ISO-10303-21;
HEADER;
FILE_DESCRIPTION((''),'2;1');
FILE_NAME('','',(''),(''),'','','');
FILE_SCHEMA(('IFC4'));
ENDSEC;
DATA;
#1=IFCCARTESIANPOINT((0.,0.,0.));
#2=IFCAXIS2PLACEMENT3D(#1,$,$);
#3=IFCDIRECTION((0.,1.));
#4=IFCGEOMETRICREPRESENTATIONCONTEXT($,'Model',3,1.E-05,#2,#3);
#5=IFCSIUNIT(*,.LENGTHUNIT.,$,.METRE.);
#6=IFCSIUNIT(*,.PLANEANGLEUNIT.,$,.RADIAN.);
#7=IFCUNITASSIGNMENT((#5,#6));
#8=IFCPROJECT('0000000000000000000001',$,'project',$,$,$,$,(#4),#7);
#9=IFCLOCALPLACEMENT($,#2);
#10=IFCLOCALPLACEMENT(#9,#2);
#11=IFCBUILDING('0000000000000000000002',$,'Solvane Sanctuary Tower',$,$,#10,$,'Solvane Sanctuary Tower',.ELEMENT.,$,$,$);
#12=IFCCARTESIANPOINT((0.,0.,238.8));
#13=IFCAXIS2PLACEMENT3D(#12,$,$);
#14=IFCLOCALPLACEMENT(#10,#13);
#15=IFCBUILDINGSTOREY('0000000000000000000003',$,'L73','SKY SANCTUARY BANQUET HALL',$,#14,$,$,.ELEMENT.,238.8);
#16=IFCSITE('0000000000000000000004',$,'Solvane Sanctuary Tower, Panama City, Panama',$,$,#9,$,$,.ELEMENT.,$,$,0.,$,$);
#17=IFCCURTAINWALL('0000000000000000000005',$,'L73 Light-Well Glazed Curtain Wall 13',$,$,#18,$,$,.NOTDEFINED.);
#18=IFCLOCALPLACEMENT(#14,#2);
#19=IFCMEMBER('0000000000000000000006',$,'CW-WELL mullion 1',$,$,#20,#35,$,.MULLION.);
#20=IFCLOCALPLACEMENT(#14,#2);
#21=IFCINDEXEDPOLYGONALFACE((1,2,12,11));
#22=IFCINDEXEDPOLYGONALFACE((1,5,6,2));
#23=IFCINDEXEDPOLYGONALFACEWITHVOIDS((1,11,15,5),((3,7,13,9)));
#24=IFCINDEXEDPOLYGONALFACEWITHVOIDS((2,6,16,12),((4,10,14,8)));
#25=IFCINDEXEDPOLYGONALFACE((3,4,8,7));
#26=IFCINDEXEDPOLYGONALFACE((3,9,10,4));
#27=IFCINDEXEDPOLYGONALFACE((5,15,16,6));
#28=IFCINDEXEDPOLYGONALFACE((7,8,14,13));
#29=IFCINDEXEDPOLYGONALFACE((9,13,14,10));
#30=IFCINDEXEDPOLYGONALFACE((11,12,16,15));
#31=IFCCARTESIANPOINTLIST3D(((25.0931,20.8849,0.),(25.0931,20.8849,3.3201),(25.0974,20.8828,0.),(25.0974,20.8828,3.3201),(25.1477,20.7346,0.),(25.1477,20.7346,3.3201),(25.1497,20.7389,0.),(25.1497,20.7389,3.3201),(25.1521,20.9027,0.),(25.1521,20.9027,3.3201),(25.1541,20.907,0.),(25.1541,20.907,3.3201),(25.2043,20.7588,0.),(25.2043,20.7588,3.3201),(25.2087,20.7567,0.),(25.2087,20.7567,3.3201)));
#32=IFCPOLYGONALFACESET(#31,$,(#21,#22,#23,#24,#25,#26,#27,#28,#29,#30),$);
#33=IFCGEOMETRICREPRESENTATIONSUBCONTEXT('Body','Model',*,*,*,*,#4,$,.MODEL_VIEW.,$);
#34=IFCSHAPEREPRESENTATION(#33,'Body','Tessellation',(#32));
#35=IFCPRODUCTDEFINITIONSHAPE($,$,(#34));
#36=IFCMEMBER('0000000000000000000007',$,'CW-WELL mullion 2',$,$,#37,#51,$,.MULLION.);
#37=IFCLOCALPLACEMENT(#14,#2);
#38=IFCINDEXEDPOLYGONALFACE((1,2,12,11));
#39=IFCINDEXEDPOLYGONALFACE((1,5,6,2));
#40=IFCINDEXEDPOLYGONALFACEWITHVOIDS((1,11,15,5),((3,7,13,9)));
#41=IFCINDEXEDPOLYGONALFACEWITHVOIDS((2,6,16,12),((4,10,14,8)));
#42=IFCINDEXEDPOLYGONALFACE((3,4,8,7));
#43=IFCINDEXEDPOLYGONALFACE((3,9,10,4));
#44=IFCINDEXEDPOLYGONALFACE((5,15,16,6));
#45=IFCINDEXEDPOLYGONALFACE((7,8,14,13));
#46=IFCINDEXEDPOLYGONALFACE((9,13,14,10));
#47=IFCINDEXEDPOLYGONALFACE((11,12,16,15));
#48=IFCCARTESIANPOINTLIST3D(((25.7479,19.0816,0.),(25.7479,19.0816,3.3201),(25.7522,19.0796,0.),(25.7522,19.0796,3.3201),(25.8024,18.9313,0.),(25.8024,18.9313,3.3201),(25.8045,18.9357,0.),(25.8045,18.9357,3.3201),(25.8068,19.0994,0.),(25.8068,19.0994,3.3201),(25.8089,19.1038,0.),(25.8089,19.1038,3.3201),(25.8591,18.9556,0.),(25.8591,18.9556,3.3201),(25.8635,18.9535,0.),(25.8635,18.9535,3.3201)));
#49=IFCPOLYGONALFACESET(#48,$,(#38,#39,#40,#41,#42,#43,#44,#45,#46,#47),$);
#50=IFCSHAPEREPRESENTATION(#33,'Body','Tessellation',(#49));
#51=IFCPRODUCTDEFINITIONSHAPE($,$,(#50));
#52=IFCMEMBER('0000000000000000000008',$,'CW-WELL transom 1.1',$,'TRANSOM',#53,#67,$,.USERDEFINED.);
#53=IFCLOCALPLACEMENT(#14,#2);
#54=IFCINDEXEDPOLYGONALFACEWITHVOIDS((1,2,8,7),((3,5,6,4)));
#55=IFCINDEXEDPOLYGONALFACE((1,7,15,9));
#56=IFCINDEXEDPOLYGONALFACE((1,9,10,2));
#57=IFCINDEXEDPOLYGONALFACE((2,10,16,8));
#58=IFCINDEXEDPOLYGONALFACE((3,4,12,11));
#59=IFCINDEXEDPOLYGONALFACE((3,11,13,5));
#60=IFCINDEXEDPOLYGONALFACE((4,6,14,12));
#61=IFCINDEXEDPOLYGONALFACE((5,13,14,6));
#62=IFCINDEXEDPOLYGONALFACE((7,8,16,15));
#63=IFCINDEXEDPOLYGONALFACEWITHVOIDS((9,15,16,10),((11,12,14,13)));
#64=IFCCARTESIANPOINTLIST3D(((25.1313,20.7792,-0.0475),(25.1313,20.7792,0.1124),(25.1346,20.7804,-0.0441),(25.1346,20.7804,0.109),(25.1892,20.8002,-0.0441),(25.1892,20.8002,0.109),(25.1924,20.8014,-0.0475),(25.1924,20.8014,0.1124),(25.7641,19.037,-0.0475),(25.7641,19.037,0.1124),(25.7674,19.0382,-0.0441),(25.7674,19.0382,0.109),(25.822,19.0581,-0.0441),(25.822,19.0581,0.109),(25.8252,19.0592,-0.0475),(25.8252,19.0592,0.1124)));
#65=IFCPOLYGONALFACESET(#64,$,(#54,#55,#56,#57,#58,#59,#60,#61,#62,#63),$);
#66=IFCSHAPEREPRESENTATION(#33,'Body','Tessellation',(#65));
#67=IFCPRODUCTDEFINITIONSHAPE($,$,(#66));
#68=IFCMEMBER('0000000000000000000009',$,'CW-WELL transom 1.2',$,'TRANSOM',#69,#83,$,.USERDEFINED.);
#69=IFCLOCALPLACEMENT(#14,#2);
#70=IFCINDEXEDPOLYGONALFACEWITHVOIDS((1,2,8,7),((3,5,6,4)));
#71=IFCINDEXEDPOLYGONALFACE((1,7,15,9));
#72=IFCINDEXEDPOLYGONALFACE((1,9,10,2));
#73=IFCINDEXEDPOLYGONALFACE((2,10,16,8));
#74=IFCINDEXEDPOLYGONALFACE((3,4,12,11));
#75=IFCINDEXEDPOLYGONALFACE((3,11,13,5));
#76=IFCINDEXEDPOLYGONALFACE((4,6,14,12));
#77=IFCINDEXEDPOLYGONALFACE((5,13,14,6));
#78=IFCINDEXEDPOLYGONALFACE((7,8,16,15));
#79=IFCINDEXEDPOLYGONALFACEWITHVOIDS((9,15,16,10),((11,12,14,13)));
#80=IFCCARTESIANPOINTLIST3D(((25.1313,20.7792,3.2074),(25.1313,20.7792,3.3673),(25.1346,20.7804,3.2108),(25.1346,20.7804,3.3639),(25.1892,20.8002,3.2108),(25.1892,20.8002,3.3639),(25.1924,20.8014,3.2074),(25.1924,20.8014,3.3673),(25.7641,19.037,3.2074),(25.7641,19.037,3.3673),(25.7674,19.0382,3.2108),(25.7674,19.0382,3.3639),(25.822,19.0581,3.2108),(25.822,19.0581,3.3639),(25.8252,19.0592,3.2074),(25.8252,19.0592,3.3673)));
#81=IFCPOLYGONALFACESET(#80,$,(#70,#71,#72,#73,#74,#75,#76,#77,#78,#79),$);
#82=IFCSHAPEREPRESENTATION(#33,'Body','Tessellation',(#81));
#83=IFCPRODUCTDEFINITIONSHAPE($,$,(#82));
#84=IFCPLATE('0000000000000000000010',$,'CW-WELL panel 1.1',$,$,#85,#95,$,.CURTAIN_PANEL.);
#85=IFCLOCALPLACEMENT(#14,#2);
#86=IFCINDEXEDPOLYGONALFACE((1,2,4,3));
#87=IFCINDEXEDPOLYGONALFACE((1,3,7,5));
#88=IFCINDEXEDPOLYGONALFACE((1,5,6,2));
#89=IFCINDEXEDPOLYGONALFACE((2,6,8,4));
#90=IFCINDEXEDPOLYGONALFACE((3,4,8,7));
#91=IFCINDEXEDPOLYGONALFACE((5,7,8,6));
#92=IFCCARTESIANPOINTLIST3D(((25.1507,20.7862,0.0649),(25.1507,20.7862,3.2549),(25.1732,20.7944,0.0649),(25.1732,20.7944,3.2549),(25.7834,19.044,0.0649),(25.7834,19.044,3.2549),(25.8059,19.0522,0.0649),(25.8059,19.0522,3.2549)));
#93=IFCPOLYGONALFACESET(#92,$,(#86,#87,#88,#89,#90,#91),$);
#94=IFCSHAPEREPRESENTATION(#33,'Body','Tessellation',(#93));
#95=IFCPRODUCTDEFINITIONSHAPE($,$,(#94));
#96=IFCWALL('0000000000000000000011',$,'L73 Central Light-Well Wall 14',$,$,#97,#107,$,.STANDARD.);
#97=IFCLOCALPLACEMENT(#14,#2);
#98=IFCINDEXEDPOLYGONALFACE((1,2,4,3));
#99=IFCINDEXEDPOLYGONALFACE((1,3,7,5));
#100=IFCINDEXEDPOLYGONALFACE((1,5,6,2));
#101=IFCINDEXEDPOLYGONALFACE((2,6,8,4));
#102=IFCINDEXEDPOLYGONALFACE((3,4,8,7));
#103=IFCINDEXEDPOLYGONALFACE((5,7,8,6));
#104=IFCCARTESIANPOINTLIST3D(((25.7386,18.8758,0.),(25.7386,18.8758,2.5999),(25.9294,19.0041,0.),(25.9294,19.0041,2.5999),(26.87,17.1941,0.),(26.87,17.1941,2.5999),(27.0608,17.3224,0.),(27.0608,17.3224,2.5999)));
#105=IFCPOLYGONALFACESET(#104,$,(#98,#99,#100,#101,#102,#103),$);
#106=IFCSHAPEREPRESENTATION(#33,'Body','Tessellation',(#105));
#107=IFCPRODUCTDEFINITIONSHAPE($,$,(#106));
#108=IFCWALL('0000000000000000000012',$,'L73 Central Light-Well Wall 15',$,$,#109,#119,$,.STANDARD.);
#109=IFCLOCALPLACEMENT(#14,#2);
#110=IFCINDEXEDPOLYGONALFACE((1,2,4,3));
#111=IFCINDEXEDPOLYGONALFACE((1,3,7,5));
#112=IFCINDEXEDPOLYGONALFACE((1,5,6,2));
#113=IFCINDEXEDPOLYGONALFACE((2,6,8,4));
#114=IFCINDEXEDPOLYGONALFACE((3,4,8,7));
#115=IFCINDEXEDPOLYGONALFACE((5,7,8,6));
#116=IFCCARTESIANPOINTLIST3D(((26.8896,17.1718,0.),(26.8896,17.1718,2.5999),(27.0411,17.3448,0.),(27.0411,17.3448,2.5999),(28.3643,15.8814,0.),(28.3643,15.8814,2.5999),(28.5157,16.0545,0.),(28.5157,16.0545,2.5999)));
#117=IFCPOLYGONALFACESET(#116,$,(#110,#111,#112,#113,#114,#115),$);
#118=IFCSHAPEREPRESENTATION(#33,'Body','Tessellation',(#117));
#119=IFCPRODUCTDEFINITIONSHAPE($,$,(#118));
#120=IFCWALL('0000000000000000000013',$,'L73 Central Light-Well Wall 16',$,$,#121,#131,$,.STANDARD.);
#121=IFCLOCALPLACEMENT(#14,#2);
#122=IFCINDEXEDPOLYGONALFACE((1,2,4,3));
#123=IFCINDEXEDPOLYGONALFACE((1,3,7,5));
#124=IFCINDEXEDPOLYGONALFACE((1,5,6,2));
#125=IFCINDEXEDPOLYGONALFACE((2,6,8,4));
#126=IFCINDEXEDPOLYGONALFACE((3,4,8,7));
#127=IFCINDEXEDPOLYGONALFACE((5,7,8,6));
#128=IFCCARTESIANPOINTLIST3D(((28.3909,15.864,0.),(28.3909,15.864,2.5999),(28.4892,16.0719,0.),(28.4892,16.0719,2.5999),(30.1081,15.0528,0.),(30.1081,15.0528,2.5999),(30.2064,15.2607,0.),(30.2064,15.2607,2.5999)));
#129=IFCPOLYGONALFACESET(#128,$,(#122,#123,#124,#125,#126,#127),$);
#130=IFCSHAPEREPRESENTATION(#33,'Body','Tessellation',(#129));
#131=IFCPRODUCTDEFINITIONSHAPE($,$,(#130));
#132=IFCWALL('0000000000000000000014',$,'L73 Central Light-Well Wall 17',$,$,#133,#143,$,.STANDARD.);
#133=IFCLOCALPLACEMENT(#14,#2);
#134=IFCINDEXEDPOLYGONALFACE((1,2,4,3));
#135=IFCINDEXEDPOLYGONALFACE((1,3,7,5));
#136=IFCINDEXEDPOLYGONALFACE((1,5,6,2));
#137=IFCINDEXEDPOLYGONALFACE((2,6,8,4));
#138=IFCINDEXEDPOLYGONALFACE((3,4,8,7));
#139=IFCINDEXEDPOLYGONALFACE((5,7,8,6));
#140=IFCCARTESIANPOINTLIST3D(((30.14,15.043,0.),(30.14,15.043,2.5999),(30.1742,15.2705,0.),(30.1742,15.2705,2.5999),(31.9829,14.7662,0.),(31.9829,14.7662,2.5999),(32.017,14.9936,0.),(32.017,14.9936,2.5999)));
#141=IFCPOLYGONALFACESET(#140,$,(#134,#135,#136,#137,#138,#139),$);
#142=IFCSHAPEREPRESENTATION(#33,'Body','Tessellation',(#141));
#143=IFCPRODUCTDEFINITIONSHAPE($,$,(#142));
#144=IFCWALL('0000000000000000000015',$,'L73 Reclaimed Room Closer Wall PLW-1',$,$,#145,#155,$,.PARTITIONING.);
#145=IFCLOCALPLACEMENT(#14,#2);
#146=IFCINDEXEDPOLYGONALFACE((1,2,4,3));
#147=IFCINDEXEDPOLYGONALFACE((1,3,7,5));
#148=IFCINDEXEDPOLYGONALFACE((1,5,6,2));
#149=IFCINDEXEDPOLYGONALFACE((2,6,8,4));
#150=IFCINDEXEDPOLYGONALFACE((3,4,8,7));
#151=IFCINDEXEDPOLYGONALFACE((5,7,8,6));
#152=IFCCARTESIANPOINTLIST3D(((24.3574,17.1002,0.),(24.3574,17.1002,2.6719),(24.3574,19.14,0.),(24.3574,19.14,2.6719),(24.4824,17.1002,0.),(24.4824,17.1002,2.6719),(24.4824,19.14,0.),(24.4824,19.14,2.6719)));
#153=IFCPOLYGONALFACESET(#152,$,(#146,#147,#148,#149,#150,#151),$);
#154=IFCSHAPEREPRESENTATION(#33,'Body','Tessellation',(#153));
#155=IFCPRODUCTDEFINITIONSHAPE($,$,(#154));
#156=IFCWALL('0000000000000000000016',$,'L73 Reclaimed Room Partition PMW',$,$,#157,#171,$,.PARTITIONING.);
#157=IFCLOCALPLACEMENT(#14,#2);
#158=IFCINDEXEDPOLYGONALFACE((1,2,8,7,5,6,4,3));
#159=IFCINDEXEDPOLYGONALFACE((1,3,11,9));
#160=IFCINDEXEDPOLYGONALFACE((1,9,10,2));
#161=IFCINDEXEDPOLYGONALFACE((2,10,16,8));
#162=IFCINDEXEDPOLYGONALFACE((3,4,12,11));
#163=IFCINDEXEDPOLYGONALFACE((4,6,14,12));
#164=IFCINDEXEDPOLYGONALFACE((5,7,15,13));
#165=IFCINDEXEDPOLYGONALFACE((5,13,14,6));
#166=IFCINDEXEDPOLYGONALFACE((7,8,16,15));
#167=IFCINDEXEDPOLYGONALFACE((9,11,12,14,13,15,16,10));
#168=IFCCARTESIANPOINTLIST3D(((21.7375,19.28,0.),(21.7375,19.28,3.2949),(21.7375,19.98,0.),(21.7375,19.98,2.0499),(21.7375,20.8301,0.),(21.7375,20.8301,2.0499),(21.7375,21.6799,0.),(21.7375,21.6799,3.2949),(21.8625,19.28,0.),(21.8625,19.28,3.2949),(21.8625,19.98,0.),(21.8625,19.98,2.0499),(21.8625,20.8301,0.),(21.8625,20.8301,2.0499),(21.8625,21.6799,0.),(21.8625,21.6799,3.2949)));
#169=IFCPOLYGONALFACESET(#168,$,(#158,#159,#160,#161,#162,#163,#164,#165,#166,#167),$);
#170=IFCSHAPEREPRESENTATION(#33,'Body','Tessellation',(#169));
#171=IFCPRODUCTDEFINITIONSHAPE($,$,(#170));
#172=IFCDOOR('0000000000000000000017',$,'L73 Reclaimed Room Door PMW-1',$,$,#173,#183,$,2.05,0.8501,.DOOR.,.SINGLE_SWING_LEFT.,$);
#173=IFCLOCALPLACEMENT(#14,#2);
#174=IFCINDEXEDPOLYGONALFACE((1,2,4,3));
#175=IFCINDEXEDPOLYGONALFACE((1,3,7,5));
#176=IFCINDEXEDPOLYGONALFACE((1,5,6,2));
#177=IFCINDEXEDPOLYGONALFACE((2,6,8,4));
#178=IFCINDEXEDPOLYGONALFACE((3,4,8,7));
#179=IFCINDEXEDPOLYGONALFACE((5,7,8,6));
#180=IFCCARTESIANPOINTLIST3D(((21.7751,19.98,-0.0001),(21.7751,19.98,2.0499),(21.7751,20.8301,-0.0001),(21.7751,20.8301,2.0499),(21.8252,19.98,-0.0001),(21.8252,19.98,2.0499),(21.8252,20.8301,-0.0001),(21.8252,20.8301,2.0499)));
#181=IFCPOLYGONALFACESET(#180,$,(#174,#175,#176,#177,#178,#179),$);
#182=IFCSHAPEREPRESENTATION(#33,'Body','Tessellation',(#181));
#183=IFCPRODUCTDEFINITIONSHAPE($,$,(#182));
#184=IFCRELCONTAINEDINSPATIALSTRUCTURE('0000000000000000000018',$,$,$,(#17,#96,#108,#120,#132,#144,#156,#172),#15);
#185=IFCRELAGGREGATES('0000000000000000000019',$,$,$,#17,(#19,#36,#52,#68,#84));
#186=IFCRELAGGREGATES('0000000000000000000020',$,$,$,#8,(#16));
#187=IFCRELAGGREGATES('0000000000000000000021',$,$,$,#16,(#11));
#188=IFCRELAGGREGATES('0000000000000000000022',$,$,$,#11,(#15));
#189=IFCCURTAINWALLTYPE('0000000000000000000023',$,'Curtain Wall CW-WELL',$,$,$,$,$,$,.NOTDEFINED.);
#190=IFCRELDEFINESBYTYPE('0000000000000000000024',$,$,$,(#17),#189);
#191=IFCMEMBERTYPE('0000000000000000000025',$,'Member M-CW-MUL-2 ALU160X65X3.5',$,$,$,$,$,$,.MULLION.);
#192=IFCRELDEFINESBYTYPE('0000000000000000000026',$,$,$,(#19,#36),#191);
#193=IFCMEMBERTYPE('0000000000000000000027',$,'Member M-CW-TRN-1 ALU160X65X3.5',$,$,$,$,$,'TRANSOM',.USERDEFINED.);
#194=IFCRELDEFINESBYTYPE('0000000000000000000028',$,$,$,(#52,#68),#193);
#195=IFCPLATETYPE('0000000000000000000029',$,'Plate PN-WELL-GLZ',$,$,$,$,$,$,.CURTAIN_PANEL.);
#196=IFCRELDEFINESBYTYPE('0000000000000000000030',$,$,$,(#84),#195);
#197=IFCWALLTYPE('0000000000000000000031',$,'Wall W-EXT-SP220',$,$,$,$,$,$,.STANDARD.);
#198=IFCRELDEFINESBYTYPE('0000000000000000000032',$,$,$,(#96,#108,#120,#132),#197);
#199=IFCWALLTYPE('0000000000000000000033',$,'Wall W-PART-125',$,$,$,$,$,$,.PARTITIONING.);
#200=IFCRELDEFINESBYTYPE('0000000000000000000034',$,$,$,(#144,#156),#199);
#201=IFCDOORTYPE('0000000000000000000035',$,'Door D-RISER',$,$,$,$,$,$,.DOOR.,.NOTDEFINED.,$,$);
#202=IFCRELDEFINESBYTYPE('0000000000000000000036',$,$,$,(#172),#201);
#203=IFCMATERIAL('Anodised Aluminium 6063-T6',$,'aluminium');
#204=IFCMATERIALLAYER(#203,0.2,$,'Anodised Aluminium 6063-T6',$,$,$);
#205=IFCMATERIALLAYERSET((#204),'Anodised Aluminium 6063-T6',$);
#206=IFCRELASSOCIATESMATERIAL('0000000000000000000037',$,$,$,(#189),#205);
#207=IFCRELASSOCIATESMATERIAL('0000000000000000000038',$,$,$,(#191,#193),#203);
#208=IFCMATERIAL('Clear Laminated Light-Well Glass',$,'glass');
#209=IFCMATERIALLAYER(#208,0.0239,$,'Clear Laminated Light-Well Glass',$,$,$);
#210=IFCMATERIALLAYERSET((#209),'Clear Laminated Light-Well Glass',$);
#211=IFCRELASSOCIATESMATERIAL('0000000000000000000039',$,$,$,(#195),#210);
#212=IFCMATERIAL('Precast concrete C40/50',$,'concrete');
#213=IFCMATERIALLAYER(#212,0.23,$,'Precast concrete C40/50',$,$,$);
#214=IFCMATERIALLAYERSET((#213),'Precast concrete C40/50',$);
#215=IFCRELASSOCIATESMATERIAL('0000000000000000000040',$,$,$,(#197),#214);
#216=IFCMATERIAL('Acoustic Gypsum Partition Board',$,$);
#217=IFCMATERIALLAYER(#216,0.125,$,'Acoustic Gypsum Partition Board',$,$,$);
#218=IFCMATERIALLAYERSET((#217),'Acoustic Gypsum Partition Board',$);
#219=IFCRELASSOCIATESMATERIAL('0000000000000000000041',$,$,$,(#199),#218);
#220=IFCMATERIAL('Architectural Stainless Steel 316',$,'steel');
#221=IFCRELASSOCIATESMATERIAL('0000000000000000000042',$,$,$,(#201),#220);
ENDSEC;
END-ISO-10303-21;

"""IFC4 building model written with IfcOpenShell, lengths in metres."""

from ifc_helpers import new_model, si_unit, direction, frame, frame_2d, origin, origin_2d, place, context, subcontext, project, spatial, rectangle, hollow_rectangle, extrude, material, layer, layer_set, material_profile, profile_set, type_object, element, fill, aggregate, save


model = new_model("IFC4")

# Units and contexts
model_context = context("Model", 3, precision=1e-05, world=origin(), true_north=direction((0.0, 1.0)))
body_context = subcontext(model_context, "Body", "Model", "MODEL_VIEW")
ifc_project = project(units=[si_unit("LENGTHUNIT", "METRE"), si_unit("PLANEANGLEUNIT", "RADIAN")], contexts=[model_context])

# Site, building, storey
site_placement = place(None, origin())
site = spatial("IfcSite", under=ifc_project, at=site_placement, Name="Solvane Sanctuary Tower, Panama City, Panama", CompositionType="ELEMENT", RefElevation=0.0)
building_placement = place(site_placement, origin())
building = spatial("IfcBuilding", under=site, at=building_placement, Name="Solvane Sanctuary Tower", LongName="Solvane Sanctuary Tower", CompositionType="ELEMENT")
storey_placement = place(building_placement, frame((0.0, 0.0, 238.8)))
storey = spatial("IfcBuildingStorey", under=building, at=storey_placement, Name="L73", Description="SKY SANCTUARY BANQUET HALL", CompositionType="ELEMENT", Elevation=238.8)

# Curtain wall, members, plate
ifc_material_1 = material(Name="Anodised Aluminium 6063-T6", Category="aluminium")
ifc_layer_1 = layer(ifc_material_1, 0.2, Name="Anodised Aluminium 6063-T6")
ifc_layer_set_1 = layer_set([ifc_layer_1], Name="Anodised Aluminium 6063-T6")
curtain_wall_type = type_object("IfcCurtainWallType", Name="Curtain Wall CW-WELL", PredefinedType="NOTDEFINED", material=ifc_layer_set_1)
curtain_wall_placement = place(storey_placement, origin())
curtain_wall = element("IfcCurtainWall", 1, at=curtain_wall_placement, inside=storey, type_object=curtain_wall_type, Name="L73 Light-Well Glazed Curtain Wall 13", PredefinedType="NOTDEFINED")
ifc_material_profile_1 = material_profile(ifc_material_1, hollow_rectangle(XDim=0.0649, YDim=0.1599, WallThickness=0.0034, at=origin_2d()), Name="ALU160X65X3.5")
ifc_profile_set_1 = profile_set([ifc_material_profile_1], Name="Anodised Aluminium 6063-T6")
member_type_1 = type_object("IfcMemberType", Name="Member M-CW-MUL-2 ALU160X65X3.5", PredefinedType="MULLION", material=ifc_profile_set_1)
member_1_placement = place(storey_placement, frame((25.1509, 20.8208, 0.0), z_axis=(0.0, 0.0, 1.0), x_axis=(0.939933, 0.341358, 0.0)))
member_1 = element("IfcMember", 2, at=member_1_placement, type_object=member_type_1, Name="CW-WELL mullion 1", PredefinedType="MULLION", context=body_context, shape_type="SweptSolid", body=[
    extrude(hollow_rectangle(XDim=0.0649, YDim=0.1599, WallThickness=0.0034, at=origin_2d()), origin(), (0.0, 0.0, 1.0), 3.3201),
])
member_2_placement = place(storey_placement, frame((25.8057, 19.0176, 0.0), z_axis=(0.0, 0.0, 1.0), x_axis=(0.939933, 0.341358, 0.0)))
member_2 = element("IfcMember", 3, at=member_2_placement, type_object=member_type_1, Name="CW-WELL mullion 2", PredefinedType="MULLION", context=body_context, shape_type="SweptSolid", body=[
    extrude(hollow_rectangle(XDim=0.0649, YDim=0.1599, WallThickness=0.0034, at=origin_2d()), origin(), (0.0, 0.0, 1.0), 3.3201),
])
ifc_material_profile_2 = material_profile(ifc_material_1, hollow_rectangle(XDim=0.0649, YDim=0.1599, WallThickness=0.0034, at=origin_2d()), Name="ALU160X65X3.5")
ifc_profile_set_2 = profile_set([ifc_material_profile_2], Name="Anodised Aluminium 6063-T6")
member_type_2 = type_object("IfcMemberType", Name="Member M-CW-TRN-1 ALU160X65X3.5", ElementType="TRANSOM", PredefinedType="USERDEFINED", material=ifc_profile_set_2)
member_3_placement = place(storey_placement, frame((25.1619, 20.7903, 0.0325), z_axis=(0.341405, -0.939916, 0.0), x_axis=(0.939916, 0.341405, 0.0)))
member_3 = element("IfcMember", 4, at=member_3_placement, type_object=member_type_2, Name="CW-WELL transom 1.1", ObjectType="TRANSOM", PredefinedType="USERDEFINED", context=body_context, shape_type="SweptSolid", body=[
    extrude(hollow_rectangle(XDim=0.0649, YDim=0.1599, WallThickness=0.0034, at=origin_2d()), origin(), (0.0, 0.0, 1.0), 1.8535),
])
member_4_placement = place(storey_placement, frame((25.1619, 20.7903, 3.2874), z_axis=(0.341405, -0.939916, 0.0), x_axis=(0.939916, 0.341405, 0.0)))
member_4 = element("IfcMember", 5, at=member_4_placement, type_object=member_type_2, Name="CW-WELL transom 1.2", ObjectType="TRANSOM", PredefinedType="USERDEFINED", context=body_context, shape_type="SweptSolid", body=[
    extrude(hollow_rectangle(XDim=0.0649, YDim=0.1599, WallThickness=0.0034, at=origin_2d()), origin(), (0.0, 0.0, 1.0), 1.8535),
])
ifc_material_2 = material(Name="Clear Laminated Light-Well Glass", Category="glass")
ifc_layer_2 = layer(ifc_material_2, 0.0239, Name="Clear Laminated Light-Well Glass")
ifc_layer_set_2 = layer_set([ifc_layer_2], Name="Clear Laminated Light-Well Glass")
plate_type = type_object("IfcPlateType", Name="Plate PN-WELL-GLZ", PredefinedType="CURTAIN_PANEL", material=ifc_layer_set_2)
plate_placement = place(storey_placement, frame((25.4783, 19.9192, 0.0649), z_axis=(0.0, 0.0, 1.0), x_axis=(0.341358, -0.939933, 0.0)))
plate = element("IfcPlate", 6, at=plate_placement, type_object=plate_type, Name="CW-WELL panel 1.1", PredefinedType="CURTAIN_PANEL", context=body_context, shape_type="SweptSolid", body=[
    extrude(rectangle(XDim=1.8535, YDim=0.0239, at=origin_2d()), origin(), (0.0, 0.0, 1.0), 3.1899),
])
aggregate(curtain_wall, [member_1, member_2, member_3, member_4, plate])

# Walls
ifc_material_3 = material(Name="Precast concrete C40/50", Category="concrete")
ifc_layer_3 = layer(ifc_material_3, 0.23, Name="Precast concrete C40/50")
ifc_layer_set_3 = layer_set([ifc_layer_3], Name="Precast concrete C40/50")
wall_type_1 = type_object("IfcWallType", Name="Wall W-EXT-SP220", PredefinedType="STANDARD", material=ifc_layer_set_3)
wall_1_placement = place(storey_placement, frame((25.834, 18.9399, 0.0), z_axis=(0.0, 0.0, 1.0), x_axis=(0.558198, -0.829708, 0.0)))
element("IfcWall", 7, at=wall_1_placement, inside=storey, type_object=wall_type_1, Name="L73 Central Light-Well Wall 14", PredefinedType="STANDARD", context=body_context, shape_type="SweptSolid", body=[
    extrude(rectangle(XDim=2.0269, YDim=0.23, at=frame_2d((1.0134, 0.0))), origin(), (0.0, 0.0, 1.0), 2.5999),
])
wall_2_placement = place(storey_placement, frame((26.9653, 17.2583, 0.0), z_axis=(0.0, 0.0, 1.0), x_axis=(0.752577, -0.658505, 0.0)))
element("IfcWall", 8, at=wall_2_placement, inside=storey, type_object=wall_type_1, Name="L73 Central Light-Well Wall 15", PredefinedType="STANDARD", context=body_context, shape_type="SweptSolid", body=[
    extrude(rectangle(XDim=1.9595, YDim=0.23, at=frame_2d((0.9797, 0.0))), origin(), (0.0, 0.0, 1.0), 2.5999),
])
wall_3_placement = place(storey_placement, frame((28.4399, 15.968, 0.0), z_axis=(0.0, 0.0, 1.0), x_axis=(0.90418, -0.427152, 0.0)))
element("IfcWall", 9, at=wall_3_placement, inside=storey, type_object=wall_type_1, Name="L73 Central Light-Well Wall 16", PredefinedType="STANDARD", context=body_context, shape_type="SweptSolid", body=[
    extrude(rectangle(XDim=1.8992, YDim=0.23, at=frame_2d((0.9497, 0.0))), origin(), (0.0, 0.0, 1.0), 2.5999),
])
wall_4_placement = place(storey_placement, frame((30.1572, 15.1567, 0.0), z_axis=(0.0, 0.0, 1.0), x_axis=(0.988902, -0.148571, 0.0)))
element("IfcWall", 10, at=wall_4_placement, inside=storey, type_object=wall_type_1, Name="L73 Central Light-Well Wall 17", PredefinedType="STANDARD", context=body_context, shape_type="SweptSolid", body=[
    extrude(rectangle(XDim=1.8635, YDim=0.23, at=frame_2d((0.9316, 0.0))), origin(), (0.0, 0.0, 1.0), 2.5999),
])
ifc_material_4 = material(Name="Acoustic Gypsum Partition Board")
ifc_layer_4 = layer(ifc_material_4, 0.125, Name="Acoustic Gypsum Partition Board")
ifc_layer_set_4 = layer_set([ifc_layer_4], Name="Acoustic Gypsum Partition Board")
wall_type_2 = type_object("IfcWallType", Name="Wall W-PART-125", PredefinedType="PARTITIONING", material=ifc_layer_set_4)
wall_5_placement = place(storey_placement, frame((24.4199, 17.1001, 0.0), z_axis=(0.0, 0.0, 1.0), x_axis=(0.0, 1.0, 0.0)))
element("IfcWall", 11, at=wall_5_placement, inside=storey, type_object=wall_type_2, Name="L73 Reclaimed Room Closer Wall PLW-1", PredefinedType="PARTITIONING", context=body_context, shape_type="SweptSolid", body=[
    extrude(rectangle(XDim=2.0398, YDim=0.125, at=frame_2d((1.02, 0.0))), origin(), (0.0, 0.0, 1.0), 2.6719),
])

# Wall, opening, door
wall_6_placement = place(storey_placement, frame((21.8, 19.28, 0.0), z_axis=(0.0, 0.0, 1.0), x_axis=(0.0, 1.0, 0.0)))
wall_6 = element("IfcWall", 12, at=wall_6_placement, inside=storey, type_object=wall_type_2, Name="L73 Reclaimed Room Partition PMW", PredefinedType="PARTITIONING", context=body_context, shape_type="SweptSolid", body=[
    extrude(rectangle(XDim=2.3999, YDim=0.125, at=frame_2d((1.2, 0.0))), origin(), (0.0, 0.0, 1.0), 3.2949),
])
opening_1_placement = place(wall_6_placement, frame((0.7, 0.0, 0.0)))
opening_1 = element("IfcOpeningElement", 13, at=opening_1_placement, cuts=wall_6, PredefinedType="OPENING", context=body_context, shape_type="SweptSolid", body=[
    extrude(rectangle(XDim=0.8501, YDim=2.05, at=frame_2d((0.425, 1.0249))), frame((0.0, 0.0725, 0.0), z_axis=(0.0, -1.0, 0.0), x_axis=(1.0, 0.0, 0.0)), (0.0, 0.0, 1.0), 0.145),
])
ifc_material_5 = material(Name="Architectural Stainless Steel 316", Category="steel")
door_type_1 = type_object("IfcDoorType", Name="Door D-RISER", OperationType="NOTDEFINED", PredefinedType="DOOR", material=ifc_material_5)
door_1_placement = place(opening_1_placement, origin())
door_1 = element("IfcDoor", 14, at=door_1_placement, inside=storey, type_object=door_type_1, Name="L73 Reclaimed Room Door PMW-1", OperationType="SINGLE_SWING_LEFT", OverallHeight=2.05, OverallWidth=0.8501, PredefinedType="DOOR", context=body_context, shape_type="SweptSolid", body=[
    extrude(rectangle(XDim=0.8501, YDim=2.05, at=frame_2d((0.425, 1.0249))), frame((0.0, 0.0249, 0.0), z_axis=(0.0, -1.0, 0.0), x_axis=(1.0, 0.0, 0.0)), (0.0, 0.0, 1.0), 0.05),
])
fill(opening_1, door_1)

save(model, "model.ifc")
